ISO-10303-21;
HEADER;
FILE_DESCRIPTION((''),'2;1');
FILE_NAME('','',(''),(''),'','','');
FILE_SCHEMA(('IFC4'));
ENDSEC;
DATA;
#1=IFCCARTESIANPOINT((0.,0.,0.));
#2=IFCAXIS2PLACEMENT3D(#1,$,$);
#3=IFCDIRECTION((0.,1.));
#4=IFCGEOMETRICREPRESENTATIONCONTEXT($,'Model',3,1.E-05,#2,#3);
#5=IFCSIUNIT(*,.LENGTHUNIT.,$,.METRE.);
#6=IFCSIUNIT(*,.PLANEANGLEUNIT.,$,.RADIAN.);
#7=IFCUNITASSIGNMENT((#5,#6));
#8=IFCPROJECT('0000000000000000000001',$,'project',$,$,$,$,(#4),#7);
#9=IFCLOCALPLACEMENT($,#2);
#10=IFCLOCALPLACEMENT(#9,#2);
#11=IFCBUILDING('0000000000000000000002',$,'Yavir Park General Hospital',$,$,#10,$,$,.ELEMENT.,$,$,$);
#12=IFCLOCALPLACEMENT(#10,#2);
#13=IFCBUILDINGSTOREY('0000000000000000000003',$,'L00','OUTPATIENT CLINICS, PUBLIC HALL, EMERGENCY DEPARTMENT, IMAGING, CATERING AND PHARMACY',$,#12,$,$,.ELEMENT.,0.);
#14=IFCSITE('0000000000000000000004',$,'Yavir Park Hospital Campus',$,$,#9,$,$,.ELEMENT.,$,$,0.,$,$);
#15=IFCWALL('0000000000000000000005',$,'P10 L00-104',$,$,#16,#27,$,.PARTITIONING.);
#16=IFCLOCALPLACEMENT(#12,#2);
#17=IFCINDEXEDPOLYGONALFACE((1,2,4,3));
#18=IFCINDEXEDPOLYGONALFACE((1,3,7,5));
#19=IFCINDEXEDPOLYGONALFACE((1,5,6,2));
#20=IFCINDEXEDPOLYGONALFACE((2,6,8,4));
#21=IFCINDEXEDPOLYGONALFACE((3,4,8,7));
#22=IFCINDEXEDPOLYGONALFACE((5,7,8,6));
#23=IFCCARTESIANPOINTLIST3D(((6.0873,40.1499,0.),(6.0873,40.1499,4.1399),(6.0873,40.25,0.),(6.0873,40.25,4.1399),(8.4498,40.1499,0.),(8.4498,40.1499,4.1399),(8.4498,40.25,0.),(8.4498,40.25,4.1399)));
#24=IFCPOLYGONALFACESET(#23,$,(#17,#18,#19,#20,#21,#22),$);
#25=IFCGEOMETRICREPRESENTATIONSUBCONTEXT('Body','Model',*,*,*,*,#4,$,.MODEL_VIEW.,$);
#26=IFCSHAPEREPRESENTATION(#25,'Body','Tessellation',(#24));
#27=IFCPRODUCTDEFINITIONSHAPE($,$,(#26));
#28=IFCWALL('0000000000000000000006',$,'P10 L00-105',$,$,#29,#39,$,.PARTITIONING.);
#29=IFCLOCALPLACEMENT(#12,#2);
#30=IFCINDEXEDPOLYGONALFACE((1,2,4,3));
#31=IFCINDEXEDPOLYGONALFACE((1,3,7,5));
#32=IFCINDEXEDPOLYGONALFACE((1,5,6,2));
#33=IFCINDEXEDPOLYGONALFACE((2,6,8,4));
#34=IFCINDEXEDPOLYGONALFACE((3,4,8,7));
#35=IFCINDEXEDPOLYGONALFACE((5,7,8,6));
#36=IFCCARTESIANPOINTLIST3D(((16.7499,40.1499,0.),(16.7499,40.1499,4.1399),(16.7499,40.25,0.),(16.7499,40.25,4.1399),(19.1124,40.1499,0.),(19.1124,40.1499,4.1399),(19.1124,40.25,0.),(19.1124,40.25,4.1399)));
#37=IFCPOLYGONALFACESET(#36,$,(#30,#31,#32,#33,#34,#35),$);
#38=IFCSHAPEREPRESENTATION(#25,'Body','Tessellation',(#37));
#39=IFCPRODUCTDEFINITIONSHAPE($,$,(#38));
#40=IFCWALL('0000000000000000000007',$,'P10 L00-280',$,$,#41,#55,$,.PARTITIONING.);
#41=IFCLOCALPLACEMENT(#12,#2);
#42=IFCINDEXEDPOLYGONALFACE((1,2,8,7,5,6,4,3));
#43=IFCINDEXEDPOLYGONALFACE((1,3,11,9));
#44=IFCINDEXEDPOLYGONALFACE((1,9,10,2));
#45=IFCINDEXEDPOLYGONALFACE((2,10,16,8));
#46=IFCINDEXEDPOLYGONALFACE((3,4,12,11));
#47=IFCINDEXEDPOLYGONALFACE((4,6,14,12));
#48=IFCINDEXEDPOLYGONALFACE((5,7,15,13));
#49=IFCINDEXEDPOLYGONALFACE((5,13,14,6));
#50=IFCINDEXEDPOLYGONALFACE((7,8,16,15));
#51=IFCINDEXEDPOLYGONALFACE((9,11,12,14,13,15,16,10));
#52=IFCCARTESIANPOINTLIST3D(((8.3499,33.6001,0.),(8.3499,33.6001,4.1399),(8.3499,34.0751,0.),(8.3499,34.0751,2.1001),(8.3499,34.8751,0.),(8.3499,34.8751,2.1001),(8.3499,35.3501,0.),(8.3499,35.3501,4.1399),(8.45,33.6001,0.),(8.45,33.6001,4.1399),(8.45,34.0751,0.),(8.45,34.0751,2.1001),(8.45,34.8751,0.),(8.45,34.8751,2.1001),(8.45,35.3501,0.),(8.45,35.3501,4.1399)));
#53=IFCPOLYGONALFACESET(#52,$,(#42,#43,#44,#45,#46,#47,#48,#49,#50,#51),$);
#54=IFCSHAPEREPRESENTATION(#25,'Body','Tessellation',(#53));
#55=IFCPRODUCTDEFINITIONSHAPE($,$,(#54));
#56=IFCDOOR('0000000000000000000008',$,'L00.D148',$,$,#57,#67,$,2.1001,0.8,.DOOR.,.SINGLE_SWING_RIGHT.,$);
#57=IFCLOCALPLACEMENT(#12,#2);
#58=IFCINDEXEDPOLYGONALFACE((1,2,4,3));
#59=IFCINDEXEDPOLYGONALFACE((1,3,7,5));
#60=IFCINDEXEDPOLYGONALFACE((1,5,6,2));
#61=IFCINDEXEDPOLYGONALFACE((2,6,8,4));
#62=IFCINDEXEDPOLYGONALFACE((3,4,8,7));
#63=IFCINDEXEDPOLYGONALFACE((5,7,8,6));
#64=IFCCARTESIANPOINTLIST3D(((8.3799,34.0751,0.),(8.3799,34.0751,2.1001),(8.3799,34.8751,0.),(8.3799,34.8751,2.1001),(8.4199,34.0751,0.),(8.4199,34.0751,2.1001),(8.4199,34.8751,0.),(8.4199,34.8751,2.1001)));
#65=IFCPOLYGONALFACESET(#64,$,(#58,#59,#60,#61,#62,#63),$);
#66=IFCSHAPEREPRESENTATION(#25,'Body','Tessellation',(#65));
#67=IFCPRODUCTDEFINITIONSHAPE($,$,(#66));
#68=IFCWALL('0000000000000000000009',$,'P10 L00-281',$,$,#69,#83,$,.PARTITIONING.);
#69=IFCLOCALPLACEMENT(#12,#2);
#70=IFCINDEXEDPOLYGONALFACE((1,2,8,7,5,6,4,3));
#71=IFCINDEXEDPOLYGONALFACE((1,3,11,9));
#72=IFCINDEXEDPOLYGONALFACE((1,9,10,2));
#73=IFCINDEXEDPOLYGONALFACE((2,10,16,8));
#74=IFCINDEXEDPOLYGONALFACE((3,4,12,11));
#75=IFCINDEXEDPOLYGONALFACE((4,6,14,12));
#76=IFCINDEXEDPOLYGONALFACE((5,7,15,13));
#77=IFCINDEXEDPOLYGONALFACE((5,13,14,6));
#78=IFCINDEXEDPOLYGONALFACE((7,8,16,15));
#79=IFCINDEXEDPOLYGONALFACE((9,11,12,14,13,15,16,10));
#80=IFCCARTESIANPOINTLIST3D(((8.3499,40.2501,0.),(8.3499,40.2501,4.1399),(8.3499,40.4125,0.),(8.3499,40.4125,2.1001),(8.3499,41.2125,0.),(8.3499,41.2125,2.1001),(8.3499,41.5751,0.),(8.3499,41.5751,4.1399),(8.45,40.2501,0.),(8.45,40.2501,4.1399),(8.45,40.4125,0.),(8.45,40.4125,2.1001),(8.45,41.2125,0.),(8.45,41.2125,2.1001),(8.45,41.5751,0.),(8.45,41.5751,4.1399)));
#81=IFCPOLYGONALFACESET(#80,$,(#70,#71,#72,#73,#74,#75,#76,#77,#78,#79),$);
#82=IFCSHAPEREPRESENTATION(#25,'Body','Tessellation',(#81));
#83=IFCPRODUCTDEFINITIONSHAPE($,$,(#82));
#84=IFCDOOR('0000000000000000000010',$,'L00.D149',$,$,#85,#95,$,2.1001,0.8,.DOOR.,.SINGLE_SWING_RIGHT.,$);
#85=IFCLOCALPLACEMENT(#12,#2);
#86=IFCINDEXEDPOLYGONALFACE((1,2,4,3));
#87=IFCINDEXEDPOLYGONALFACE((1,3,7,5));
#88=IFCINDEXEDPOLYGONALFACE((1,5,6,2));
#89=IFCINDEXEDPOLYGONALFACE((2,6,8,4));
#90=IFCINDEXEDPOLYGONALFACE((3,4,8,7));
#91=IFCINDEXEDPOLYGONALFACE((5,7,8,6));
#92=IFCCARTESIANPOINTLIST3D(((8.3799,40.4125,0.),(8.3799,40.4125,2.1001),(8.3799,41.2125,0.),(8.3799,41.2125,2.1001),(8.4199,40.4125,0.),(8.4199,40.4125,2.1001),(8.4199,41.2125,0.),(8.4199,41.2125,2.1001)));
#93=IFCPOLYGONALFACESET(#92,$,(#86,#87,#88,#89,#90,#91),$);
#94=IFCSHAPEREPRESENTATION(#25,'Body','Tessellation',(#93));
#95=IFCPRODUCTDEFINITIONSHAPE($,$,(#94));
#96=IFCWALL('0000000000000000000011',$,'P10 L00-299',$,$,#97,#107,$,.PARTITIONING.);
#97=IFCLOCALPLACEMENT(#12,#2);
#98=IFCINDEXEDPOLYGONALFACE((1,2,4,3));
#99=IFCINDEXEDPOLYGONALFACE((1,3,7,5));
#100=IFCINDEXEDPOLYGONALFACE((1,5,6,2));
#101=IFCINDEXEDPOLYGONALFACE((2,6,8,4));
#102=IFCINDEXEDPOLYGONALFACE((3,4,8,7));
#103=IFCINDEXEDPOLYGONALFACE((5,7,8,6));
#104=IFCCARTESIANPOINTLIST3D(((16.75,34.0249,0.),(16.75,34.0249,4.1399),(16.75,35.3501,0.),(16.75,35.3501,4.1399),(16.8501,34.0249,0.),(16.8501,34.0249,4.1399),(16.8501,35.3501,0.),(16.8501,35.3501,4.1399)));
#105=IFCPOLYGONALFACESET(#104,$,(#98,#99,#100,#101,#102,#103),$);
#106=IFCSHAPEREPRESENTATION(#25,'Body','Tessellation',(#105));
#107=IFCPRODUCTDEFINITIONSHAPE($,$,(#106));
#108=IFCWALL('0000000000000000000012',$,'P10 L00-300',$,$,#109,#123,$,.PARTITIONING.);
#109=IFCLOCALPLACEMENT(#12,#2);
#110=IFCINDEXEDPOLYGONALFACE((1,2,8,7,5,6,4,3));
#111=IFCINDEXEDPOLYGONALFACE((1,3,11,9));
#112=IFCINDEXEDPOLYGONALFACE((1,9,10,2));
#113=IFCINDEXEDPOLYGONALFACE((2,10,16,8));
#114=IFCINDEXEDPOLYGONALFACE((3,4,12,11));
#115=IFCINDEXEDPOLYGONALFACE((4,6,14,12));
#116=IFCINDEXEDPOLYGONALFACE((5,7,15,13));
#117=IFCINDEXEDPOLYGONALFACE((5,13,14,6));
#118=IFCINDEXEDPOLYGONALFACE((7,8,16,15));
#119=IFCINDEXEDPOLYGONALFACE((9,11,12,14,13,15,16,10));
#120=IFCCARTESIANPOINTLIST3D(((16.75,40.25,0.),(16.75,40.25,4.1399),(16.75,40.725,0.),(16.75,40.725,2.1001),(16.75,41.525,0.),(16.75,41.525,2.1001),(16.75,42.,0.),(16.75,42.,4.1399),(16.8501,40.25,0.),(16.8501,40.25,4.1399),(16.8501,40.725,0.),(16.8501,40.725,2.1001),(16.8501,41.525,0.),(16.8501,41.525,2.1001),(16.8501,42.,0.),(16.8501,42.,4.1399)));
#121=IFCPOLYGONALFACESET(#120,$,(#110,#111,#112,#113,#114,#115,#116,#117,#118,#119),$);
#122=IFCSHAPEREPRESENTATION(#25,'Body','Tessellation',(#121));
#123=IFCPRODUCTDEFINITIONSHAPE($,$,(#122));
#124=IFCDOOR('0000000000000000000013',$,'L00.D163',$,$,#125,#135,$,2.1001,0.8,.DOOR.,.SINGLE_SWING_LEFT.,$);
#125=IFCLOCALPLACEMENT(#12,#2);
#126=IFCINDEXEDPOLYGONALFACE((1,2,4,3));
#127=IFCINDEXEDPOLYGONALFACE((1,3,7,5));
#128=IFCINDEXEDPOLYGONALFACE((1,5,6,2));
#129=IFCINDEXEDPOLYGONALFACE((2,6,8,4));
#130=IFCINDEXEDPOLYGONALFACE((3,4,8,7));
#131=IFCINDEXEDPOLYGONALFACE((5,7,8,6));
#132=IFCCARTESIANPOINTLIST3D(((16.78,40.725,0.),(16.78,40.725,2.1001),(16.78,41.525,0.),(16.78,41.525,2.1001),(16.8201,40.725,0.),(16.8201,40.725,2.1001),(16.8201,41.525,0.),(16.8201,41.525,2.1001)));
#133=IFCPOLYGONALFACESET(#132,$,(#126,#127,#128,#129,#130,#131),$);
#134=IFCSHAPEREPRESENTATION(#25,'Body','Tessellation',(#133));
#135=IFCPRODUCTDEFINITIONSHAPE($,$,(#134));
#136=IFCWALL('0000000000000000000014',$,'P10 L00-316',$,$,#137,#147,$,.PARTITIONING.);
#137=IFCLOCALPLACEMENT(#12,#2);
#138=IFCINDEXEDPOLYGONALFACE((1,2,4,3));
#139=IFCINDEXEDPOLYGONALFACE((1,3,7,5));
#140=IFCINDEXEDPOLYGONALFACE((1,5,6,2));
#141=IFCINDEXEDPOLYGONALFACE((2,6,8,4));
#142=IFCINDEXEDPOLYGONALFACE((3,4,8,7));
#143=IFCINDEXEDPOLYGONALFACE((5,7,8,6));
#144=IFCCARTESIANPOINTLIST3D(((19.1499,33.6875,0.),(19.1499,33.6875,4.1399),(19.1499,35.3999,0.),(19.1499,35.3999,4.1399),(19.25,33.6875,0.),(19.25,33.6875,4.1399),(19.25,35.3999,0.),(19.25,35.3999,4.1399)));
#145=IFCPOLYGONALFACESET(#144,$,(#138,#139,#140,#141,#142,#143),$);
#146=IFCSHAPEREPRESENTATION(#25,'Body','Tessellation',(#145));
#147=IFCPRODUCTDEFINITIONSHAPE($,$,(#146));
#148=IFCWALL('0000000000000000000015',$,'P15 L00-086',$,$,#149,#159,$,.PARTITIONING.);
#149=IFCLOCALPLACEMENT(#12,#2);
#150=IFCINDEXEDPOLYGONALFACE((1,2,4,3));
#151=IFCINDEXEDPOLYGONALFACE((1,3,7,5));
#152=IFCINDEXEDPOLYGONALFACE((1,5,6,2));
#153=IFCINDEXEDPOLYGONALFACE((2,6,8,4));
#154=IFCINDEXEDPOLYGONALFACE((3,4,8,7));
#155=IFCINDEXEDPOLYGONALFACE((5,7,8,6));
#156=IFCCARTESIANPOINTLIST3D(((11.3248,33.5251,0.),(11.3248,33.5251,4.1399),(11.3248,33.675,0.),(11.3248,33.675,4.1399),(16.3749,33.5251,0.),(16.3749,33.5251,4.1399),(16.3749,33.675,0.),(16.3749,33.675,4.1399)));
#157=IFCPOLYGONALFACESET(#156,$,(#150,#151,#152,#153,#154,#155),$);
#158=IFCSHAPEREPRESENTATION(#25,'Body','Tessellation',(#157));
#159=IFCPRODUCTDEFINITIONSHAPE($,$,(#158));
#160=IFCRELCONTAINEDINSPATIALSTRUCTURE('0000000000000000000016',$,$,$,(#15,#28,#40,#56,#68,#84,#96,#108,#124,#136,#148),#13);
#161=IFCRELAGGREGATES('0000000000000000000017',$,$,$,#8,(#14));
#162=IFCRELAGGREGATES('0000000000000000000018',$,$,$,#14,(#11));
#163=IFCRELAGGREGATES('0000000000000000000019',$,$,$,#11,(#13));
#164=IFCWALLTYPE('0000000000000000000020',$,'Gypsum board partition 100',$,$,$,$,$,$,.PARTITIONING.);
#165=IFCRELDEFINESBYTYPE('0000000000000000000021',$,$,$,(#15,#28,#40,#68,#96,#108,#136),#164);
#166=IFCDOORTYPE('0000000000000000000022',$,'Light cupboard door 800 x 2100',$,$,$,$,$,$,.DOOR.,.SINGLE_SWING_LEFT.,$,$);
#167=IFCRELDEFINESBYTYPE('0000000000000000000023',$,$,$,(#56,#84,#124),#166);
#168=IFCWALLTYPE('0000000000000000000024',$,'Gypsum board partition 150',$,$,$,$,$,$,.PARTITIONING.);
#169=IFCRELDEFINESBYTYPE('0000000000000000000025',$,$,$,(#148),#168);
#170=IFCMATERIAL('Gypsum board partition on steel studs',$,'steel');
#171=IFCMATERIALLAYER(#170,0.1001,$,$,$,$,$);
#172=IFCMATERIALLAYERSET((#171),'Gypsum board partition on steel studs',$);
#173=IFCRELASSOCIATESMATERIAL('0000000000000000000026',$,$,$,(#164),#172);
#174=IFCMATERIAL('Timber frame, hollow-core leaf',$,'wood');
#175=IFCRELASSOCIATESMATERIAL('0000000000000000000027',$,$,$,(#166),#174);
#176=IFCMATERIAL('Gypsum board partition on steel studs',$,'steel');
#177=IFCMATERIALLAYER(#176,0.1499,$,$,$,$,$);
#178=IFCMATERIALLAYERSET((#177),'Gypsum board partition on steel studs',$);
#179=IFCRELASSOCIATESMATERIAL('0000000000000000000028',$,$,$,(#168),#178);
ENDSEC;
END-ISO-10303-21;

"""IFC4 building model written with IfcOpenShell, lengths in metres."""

from ifc_helpers import new_model, si_unit, direction, frame, frame_2d, origin, place, context, subcontext, project, spatial, rectangle, extrude, material, layer, layer_set, type_object, element, fill, save


model = new_model("IFC4")

# Units and contexts
model_context = context("Model", 3, precision=1e-05, world=origin(), true_north=direction((0.0, 1.0)))
body_context = subcontext(model_context, "Body", "Model", "MODEL_VIEW")
ifc_project = project(units=[si_unit("LENGTHUNIT", "METRE"), si_unit("PLANEANGLEUNIT", "RADIAN")], contexts=[model_context])

# Site, building, storey
site_placement = place(None, origin())
site = spatial("IfcSite", under=ifc_project, at=site_placement, Name="Yavir Park Hospital Campus", CompositionType="ELEMENT", RefElevation=0.0)
building_placement = place(site_placement, origin())
building = spatial("IfcBuilding", under=site, at=building_placement, Name="Yavir Park General Hospital", CompositionType="ELEMENT")
storey_placement = place(building_placement, origin())
storey = spatial("IfcBuildingStorey", under=building, at=storey_placement, Name="L00", Description="OUTPATIENT CLINICS, PUBLIC HALL, EMERGENCY DEPARTMENT, IMAGING, CATERING AND PHARMACY", CompositionType="ELEMENT", Elevation=0.0)

# Shared definitions
ifc_material_1 = material(Name="Gypsum board partition on steel studs", Category="steel")
ifc_layer_1 = layer(ifc_material_1, 0.1001)
ifc_layer_set_1 = layer_set([ifc_layer_1], Name="Gypsum board partition on steel studs")
wall_type_1 = type_object("IfcWallType", Name="Gypsum board partition 100", PredefinedType="PARTITIONING", material=ifc_layer_set_1)

# Shared definitions
ifc_material_2 = material(Name="Timber frame, hollow-core leaf", Category="wood")
door_type = type_object("IfcDoorType", Name="Light cupboard door 800 x 2100", OperationType="SINGLE_SWING_LEFT", PredefinedType="DOOR", material=ifc_material_2)

# Walls
for number, where, z_axis, x_axis, name in (
    (1, (6.0874, 40.2, 0.0), (0.0, 0.0, 1.0), (1.0, 0.0, 0.0), "P10 L00-104"),
    (2, (16.75, 40.2, 0.0), (0.0, 0.0, 1.0), (1.0, 0.0, 0.0), "P10 L00-105"),
):
    element("IfcWall", number, at=place(storey_placement, frame(where, z_axis=z_axis, x_axis=x_axis)), inside=storey, type_object=wall_type_1, Name=name, PredefinedType="PARTITIONING", context=body_context, shape_type="SweptSolid", body=[
        extrude(rectangle(XDim=2.3625, YDim=0.1001, at=frame_2d((1.1812, 0.0))), origin(), (0.0, 0.0, 1.0), 4.1399),
    ])

# Walls, openings, doors
wall_1_placement = place(storey_placement, frame((8.3999, 33.6001, 0.0), z_axis=(0.0, 0.0, 1.0), x_axis=(0.0, 1.0, 0.0)))
wall_1 = element("IfcWall", 3, at=wall_1_placement, inside=storey, type_object=wall_type_1, Name="P10 L00-280", PredefinedType="PARTITIONING", context=body_context, shape_type="SweptSolid", body=[
    extrude(rectangle(XDim=1.75, YDim=0.1001, at=frame_2d((0.875, 0.0))), origin(), (0.0, 0.0, 1.0), 4.1399),
])
opening_1_placement = place(wall_1_placement, frame((0.4751, 0.0, 0.0)))
opening_1 = element("IfcOpeningElement", 4, at=opening_1_placement, cuts=wall_1, PredefinedType="OPENING", context=body_context, shape_type="SweptSolid", body=[
    extrude(rectangle(XDim=0.8, YDim=2.1001, at=frame_2d((0.3999, 1.05))), frame((0.0, 0.0601, 0.0), z_axis=(0.0, -1.0, 0.0), x_axis=(1.0, 0.0, 0.0)), (0.0, 0.0, 1.0), 0.1201),
])
door_1_placement = place(opening_1_placement, origin())
door_1 = element("IfcDoor", 5, at=door_1_placement, inside=storey, type_object=door_type, Name="L00.D148", OperationType="SINGLE_SWING_RIGHT", OverallHeight=2.1001, OverallWidth=0.8, PredefinedType="DOOR", context=body_context, shape_type="SweptSolid", body=[
    extrude(rectangle(XDim=0.8, YDim=2.1001, at=frame_2d((0.3999, 1.05))), frame((0.0, 0.02, 0.0), z_axis=(0.0, -1.0, 0.0), x_axis=(1.0, 0.0, 0.0)), (0.0, 0.0, 1.0), 0.04),
])
fill(opening_1, door_1)
wall_2_placement = place(storey_placement, frame((8.3999, 40.25, 0.0), z_axis=(0.0, 0.0, 1.0), x_axis=(0.0, 1.0, 0.0)))
wall_2 = element("IfcWall", 6, at=wall_2_placement, inside=storey, type_object=wall_type_1, Name="P10 L00-281", PredefinedType="PARTITIONING", context=body_context, shape_type="SweptSolid", body=[
    extrude(rectangle(XDim=1.325, YDim=0.1001, at=frame_2d((0.6626, 0.0))), origin(), (0.0, 0.0, 1.0), 4.1399),
])
opening_2_placement = place(wall_2_placement, frame((0.1626, 0.0, 0.0)))
opening_2 = element("IfcOpeningElement", 7, at=opening_2_placement, cuts=wall_2, PredefinedType="OPENING", context=body_context, shape_type="SweptSolid", body=[
    extrude(rectangle(XDim=0.8, YDim=2.1001, at=frame_2d((0.3999, 1.05))), frame((0.0, 0.0601, 0.0), z_axis=(0.0, -1.0, 0.0), x_axis=(1.0, 0.0, 0.0)), (0.0, 0.0, 1.0), 0.1201),
])
door_2_placement = place(opening_2_placement, origin())
door_2 = element("IfcDoor", 8, at=door_2_placement, inside=storey, type_object=door_type, Name="L00.D149", OperationType="SINGLE_SWING_RIGHT", OverallHeight=2.1001, OverallWidth=0.8, PredefinedType="DOOR", context=body_context, shape_type="SweptSolid", body=[
    extrude(rectangle(XDim=0.8, YDim=2.1001, at=frame_2d((0.3999, 1.05))), frame((0.0, 0.02, 0.0), z_axis=(0.0, -1.0, 0.0), x_axis=(1.0, 0.0, 0.0)), (0.0, 0.0, 1.0), 0.04),
])
fill(opening_2, door_2)

# Wall
wall_3_placement = place(storey_placement, frame((16.8, 34.0249, 0.0), z_axis=(0.0, 0.0, 1.0), x_axis=(0.0, 1.0, 0.0)))
element("IfcWall", 9, at=wall_3_placement, inside=storey, type_object=wall_type_1, Name="P10 L00-299", PredefinedType="PARTITIONING", context=body_context, shape_type="SweptSolid", body=[
    extrude(rectangle(XDim=1.3252, YDim=0.1001, at=frame_2d((0.6626, 0.0))), origin(), (0.0, 0.0, 1.0), 4.1399),
])

# Wall, opening, door
wall_4_placement = place(storey_placement, frame((16.8, 40.25, 0.0), z_axis=(0.0, 0.0, 1.0), x_axis=(0.0, 1.0, 0.0)))
wall_4 = element("IfcWall", 10, at=wall_4_placement, inside=storey, type_object=wall_type_1, Name="P10 L00-300", PredefinedType="PARTITIONING", context=body_context, shape_type="SweptSolid", body=[
    extrude(rectangle(XDim=1.75, YDim=0.1001, at=frame_2d((0.875, 0.0))), origin(), (0.0, 0.0, 1.0), 4.1399),
])
opening_3_placement = place(wall_4_placement, frame((0.4751, 0.0, 0.0)))
opening_3 = element("IfcOpeningElement", 11, at=opening_3_placement, cuts=wall_4, PredefinedType="OPENING", context=body_context, shape_type="SweptSolid", body=[
    extrude(rectangle(XDim=0.8, YDim=2.1001, at=frame_2d((0.3999, 1.05))), frame((0.0, 0.0601, 0.0), z_axis=(0.0, -1.0, 0.0), x_axis=(1.0, 0.0, 0.0)), (0.0, 0.0, 1.0), 0.1201),
])
door_3_placement = place(opening_3_placement, origin())
door_3 = element("IfcDoor", 12, at=door_3_placement, inside=storey, type_object=door_type, Name="L00.D163", OperationType="SINGLE_SWING_LEFT", OverallHeight=2.1001, OverallWidth=0.8, PredefinedType="DOOR", context=body_context, shape_type="SweptSolid", body=[
    extrude(rectangle(XDim=0.8, YDim=2.1001, at=frame_2d((0.3999, 1.05))), frame((0.0, 0.02, 0.0), z_axis=(0.0, -1.0, 0.0), x_axis=(1.0, 0.0, 0.0)), (0.0, 0.0, 1.0), 0.04),
])
fill(opening_3, door_3)

# Walls
wall_5_placement = place(storey_placement, frame((19.2, 33.6875, 0.0), z_axis=(0.0, 0.0, 1.0), x_axis=(0.0, 1.0, 0.0)))
element("IfcWall", 13, at=wall_5_placement, inside=storey, type_object=wall_type_1, Name="P10 L00-316", PredefinedType="PARTITIONING", context=body_context, shape_type="SweptSolid", body=[
    extrude(rectangle(XDim=1.7124, YDim=0.1001, at=frame_2d((0.8562, 0.0))), origin(), (0.0, 0.0, 1.0), 4.1399),
])
ifc_material_3 = material(Name="Gypsum board partition on steel studs", Category="steel")
ifc_layer_2 = layer(ifc_material_3, 0.1499)
ifc_layer_set_2 = layer_set([ifc_layer_2], Name="Gypsum board partition on steel studs")
wall_type_2 = type_object("IfcWallType", Name="Gypsum board partition 150", PredefinedType="PARTITIONING", material=ifc_layer_set_2)
wall_6_placement = place(storey_placement, frame((11.325, 33.6001, 0.0), z_axis=(0.0, 0.0, 1.0), x_axis=(1.0, 0.0, 0.0)))
element("IfcWall", 14, at=wall_6_placement, inside=storey, type_object=wall_type_2, Name="P15 L00-086", PredefinedType="PARTITIONING", context=body_context, shape_type="SweptSolid", body=[
    extrude(rectangle(XDim=5.05, YDim=0.1499, at=frame_2d((2.5249, 0.0))), origin(), (0.0, 0.0, 1.0), 4.1399),
])

save(model, "model.ifc")
